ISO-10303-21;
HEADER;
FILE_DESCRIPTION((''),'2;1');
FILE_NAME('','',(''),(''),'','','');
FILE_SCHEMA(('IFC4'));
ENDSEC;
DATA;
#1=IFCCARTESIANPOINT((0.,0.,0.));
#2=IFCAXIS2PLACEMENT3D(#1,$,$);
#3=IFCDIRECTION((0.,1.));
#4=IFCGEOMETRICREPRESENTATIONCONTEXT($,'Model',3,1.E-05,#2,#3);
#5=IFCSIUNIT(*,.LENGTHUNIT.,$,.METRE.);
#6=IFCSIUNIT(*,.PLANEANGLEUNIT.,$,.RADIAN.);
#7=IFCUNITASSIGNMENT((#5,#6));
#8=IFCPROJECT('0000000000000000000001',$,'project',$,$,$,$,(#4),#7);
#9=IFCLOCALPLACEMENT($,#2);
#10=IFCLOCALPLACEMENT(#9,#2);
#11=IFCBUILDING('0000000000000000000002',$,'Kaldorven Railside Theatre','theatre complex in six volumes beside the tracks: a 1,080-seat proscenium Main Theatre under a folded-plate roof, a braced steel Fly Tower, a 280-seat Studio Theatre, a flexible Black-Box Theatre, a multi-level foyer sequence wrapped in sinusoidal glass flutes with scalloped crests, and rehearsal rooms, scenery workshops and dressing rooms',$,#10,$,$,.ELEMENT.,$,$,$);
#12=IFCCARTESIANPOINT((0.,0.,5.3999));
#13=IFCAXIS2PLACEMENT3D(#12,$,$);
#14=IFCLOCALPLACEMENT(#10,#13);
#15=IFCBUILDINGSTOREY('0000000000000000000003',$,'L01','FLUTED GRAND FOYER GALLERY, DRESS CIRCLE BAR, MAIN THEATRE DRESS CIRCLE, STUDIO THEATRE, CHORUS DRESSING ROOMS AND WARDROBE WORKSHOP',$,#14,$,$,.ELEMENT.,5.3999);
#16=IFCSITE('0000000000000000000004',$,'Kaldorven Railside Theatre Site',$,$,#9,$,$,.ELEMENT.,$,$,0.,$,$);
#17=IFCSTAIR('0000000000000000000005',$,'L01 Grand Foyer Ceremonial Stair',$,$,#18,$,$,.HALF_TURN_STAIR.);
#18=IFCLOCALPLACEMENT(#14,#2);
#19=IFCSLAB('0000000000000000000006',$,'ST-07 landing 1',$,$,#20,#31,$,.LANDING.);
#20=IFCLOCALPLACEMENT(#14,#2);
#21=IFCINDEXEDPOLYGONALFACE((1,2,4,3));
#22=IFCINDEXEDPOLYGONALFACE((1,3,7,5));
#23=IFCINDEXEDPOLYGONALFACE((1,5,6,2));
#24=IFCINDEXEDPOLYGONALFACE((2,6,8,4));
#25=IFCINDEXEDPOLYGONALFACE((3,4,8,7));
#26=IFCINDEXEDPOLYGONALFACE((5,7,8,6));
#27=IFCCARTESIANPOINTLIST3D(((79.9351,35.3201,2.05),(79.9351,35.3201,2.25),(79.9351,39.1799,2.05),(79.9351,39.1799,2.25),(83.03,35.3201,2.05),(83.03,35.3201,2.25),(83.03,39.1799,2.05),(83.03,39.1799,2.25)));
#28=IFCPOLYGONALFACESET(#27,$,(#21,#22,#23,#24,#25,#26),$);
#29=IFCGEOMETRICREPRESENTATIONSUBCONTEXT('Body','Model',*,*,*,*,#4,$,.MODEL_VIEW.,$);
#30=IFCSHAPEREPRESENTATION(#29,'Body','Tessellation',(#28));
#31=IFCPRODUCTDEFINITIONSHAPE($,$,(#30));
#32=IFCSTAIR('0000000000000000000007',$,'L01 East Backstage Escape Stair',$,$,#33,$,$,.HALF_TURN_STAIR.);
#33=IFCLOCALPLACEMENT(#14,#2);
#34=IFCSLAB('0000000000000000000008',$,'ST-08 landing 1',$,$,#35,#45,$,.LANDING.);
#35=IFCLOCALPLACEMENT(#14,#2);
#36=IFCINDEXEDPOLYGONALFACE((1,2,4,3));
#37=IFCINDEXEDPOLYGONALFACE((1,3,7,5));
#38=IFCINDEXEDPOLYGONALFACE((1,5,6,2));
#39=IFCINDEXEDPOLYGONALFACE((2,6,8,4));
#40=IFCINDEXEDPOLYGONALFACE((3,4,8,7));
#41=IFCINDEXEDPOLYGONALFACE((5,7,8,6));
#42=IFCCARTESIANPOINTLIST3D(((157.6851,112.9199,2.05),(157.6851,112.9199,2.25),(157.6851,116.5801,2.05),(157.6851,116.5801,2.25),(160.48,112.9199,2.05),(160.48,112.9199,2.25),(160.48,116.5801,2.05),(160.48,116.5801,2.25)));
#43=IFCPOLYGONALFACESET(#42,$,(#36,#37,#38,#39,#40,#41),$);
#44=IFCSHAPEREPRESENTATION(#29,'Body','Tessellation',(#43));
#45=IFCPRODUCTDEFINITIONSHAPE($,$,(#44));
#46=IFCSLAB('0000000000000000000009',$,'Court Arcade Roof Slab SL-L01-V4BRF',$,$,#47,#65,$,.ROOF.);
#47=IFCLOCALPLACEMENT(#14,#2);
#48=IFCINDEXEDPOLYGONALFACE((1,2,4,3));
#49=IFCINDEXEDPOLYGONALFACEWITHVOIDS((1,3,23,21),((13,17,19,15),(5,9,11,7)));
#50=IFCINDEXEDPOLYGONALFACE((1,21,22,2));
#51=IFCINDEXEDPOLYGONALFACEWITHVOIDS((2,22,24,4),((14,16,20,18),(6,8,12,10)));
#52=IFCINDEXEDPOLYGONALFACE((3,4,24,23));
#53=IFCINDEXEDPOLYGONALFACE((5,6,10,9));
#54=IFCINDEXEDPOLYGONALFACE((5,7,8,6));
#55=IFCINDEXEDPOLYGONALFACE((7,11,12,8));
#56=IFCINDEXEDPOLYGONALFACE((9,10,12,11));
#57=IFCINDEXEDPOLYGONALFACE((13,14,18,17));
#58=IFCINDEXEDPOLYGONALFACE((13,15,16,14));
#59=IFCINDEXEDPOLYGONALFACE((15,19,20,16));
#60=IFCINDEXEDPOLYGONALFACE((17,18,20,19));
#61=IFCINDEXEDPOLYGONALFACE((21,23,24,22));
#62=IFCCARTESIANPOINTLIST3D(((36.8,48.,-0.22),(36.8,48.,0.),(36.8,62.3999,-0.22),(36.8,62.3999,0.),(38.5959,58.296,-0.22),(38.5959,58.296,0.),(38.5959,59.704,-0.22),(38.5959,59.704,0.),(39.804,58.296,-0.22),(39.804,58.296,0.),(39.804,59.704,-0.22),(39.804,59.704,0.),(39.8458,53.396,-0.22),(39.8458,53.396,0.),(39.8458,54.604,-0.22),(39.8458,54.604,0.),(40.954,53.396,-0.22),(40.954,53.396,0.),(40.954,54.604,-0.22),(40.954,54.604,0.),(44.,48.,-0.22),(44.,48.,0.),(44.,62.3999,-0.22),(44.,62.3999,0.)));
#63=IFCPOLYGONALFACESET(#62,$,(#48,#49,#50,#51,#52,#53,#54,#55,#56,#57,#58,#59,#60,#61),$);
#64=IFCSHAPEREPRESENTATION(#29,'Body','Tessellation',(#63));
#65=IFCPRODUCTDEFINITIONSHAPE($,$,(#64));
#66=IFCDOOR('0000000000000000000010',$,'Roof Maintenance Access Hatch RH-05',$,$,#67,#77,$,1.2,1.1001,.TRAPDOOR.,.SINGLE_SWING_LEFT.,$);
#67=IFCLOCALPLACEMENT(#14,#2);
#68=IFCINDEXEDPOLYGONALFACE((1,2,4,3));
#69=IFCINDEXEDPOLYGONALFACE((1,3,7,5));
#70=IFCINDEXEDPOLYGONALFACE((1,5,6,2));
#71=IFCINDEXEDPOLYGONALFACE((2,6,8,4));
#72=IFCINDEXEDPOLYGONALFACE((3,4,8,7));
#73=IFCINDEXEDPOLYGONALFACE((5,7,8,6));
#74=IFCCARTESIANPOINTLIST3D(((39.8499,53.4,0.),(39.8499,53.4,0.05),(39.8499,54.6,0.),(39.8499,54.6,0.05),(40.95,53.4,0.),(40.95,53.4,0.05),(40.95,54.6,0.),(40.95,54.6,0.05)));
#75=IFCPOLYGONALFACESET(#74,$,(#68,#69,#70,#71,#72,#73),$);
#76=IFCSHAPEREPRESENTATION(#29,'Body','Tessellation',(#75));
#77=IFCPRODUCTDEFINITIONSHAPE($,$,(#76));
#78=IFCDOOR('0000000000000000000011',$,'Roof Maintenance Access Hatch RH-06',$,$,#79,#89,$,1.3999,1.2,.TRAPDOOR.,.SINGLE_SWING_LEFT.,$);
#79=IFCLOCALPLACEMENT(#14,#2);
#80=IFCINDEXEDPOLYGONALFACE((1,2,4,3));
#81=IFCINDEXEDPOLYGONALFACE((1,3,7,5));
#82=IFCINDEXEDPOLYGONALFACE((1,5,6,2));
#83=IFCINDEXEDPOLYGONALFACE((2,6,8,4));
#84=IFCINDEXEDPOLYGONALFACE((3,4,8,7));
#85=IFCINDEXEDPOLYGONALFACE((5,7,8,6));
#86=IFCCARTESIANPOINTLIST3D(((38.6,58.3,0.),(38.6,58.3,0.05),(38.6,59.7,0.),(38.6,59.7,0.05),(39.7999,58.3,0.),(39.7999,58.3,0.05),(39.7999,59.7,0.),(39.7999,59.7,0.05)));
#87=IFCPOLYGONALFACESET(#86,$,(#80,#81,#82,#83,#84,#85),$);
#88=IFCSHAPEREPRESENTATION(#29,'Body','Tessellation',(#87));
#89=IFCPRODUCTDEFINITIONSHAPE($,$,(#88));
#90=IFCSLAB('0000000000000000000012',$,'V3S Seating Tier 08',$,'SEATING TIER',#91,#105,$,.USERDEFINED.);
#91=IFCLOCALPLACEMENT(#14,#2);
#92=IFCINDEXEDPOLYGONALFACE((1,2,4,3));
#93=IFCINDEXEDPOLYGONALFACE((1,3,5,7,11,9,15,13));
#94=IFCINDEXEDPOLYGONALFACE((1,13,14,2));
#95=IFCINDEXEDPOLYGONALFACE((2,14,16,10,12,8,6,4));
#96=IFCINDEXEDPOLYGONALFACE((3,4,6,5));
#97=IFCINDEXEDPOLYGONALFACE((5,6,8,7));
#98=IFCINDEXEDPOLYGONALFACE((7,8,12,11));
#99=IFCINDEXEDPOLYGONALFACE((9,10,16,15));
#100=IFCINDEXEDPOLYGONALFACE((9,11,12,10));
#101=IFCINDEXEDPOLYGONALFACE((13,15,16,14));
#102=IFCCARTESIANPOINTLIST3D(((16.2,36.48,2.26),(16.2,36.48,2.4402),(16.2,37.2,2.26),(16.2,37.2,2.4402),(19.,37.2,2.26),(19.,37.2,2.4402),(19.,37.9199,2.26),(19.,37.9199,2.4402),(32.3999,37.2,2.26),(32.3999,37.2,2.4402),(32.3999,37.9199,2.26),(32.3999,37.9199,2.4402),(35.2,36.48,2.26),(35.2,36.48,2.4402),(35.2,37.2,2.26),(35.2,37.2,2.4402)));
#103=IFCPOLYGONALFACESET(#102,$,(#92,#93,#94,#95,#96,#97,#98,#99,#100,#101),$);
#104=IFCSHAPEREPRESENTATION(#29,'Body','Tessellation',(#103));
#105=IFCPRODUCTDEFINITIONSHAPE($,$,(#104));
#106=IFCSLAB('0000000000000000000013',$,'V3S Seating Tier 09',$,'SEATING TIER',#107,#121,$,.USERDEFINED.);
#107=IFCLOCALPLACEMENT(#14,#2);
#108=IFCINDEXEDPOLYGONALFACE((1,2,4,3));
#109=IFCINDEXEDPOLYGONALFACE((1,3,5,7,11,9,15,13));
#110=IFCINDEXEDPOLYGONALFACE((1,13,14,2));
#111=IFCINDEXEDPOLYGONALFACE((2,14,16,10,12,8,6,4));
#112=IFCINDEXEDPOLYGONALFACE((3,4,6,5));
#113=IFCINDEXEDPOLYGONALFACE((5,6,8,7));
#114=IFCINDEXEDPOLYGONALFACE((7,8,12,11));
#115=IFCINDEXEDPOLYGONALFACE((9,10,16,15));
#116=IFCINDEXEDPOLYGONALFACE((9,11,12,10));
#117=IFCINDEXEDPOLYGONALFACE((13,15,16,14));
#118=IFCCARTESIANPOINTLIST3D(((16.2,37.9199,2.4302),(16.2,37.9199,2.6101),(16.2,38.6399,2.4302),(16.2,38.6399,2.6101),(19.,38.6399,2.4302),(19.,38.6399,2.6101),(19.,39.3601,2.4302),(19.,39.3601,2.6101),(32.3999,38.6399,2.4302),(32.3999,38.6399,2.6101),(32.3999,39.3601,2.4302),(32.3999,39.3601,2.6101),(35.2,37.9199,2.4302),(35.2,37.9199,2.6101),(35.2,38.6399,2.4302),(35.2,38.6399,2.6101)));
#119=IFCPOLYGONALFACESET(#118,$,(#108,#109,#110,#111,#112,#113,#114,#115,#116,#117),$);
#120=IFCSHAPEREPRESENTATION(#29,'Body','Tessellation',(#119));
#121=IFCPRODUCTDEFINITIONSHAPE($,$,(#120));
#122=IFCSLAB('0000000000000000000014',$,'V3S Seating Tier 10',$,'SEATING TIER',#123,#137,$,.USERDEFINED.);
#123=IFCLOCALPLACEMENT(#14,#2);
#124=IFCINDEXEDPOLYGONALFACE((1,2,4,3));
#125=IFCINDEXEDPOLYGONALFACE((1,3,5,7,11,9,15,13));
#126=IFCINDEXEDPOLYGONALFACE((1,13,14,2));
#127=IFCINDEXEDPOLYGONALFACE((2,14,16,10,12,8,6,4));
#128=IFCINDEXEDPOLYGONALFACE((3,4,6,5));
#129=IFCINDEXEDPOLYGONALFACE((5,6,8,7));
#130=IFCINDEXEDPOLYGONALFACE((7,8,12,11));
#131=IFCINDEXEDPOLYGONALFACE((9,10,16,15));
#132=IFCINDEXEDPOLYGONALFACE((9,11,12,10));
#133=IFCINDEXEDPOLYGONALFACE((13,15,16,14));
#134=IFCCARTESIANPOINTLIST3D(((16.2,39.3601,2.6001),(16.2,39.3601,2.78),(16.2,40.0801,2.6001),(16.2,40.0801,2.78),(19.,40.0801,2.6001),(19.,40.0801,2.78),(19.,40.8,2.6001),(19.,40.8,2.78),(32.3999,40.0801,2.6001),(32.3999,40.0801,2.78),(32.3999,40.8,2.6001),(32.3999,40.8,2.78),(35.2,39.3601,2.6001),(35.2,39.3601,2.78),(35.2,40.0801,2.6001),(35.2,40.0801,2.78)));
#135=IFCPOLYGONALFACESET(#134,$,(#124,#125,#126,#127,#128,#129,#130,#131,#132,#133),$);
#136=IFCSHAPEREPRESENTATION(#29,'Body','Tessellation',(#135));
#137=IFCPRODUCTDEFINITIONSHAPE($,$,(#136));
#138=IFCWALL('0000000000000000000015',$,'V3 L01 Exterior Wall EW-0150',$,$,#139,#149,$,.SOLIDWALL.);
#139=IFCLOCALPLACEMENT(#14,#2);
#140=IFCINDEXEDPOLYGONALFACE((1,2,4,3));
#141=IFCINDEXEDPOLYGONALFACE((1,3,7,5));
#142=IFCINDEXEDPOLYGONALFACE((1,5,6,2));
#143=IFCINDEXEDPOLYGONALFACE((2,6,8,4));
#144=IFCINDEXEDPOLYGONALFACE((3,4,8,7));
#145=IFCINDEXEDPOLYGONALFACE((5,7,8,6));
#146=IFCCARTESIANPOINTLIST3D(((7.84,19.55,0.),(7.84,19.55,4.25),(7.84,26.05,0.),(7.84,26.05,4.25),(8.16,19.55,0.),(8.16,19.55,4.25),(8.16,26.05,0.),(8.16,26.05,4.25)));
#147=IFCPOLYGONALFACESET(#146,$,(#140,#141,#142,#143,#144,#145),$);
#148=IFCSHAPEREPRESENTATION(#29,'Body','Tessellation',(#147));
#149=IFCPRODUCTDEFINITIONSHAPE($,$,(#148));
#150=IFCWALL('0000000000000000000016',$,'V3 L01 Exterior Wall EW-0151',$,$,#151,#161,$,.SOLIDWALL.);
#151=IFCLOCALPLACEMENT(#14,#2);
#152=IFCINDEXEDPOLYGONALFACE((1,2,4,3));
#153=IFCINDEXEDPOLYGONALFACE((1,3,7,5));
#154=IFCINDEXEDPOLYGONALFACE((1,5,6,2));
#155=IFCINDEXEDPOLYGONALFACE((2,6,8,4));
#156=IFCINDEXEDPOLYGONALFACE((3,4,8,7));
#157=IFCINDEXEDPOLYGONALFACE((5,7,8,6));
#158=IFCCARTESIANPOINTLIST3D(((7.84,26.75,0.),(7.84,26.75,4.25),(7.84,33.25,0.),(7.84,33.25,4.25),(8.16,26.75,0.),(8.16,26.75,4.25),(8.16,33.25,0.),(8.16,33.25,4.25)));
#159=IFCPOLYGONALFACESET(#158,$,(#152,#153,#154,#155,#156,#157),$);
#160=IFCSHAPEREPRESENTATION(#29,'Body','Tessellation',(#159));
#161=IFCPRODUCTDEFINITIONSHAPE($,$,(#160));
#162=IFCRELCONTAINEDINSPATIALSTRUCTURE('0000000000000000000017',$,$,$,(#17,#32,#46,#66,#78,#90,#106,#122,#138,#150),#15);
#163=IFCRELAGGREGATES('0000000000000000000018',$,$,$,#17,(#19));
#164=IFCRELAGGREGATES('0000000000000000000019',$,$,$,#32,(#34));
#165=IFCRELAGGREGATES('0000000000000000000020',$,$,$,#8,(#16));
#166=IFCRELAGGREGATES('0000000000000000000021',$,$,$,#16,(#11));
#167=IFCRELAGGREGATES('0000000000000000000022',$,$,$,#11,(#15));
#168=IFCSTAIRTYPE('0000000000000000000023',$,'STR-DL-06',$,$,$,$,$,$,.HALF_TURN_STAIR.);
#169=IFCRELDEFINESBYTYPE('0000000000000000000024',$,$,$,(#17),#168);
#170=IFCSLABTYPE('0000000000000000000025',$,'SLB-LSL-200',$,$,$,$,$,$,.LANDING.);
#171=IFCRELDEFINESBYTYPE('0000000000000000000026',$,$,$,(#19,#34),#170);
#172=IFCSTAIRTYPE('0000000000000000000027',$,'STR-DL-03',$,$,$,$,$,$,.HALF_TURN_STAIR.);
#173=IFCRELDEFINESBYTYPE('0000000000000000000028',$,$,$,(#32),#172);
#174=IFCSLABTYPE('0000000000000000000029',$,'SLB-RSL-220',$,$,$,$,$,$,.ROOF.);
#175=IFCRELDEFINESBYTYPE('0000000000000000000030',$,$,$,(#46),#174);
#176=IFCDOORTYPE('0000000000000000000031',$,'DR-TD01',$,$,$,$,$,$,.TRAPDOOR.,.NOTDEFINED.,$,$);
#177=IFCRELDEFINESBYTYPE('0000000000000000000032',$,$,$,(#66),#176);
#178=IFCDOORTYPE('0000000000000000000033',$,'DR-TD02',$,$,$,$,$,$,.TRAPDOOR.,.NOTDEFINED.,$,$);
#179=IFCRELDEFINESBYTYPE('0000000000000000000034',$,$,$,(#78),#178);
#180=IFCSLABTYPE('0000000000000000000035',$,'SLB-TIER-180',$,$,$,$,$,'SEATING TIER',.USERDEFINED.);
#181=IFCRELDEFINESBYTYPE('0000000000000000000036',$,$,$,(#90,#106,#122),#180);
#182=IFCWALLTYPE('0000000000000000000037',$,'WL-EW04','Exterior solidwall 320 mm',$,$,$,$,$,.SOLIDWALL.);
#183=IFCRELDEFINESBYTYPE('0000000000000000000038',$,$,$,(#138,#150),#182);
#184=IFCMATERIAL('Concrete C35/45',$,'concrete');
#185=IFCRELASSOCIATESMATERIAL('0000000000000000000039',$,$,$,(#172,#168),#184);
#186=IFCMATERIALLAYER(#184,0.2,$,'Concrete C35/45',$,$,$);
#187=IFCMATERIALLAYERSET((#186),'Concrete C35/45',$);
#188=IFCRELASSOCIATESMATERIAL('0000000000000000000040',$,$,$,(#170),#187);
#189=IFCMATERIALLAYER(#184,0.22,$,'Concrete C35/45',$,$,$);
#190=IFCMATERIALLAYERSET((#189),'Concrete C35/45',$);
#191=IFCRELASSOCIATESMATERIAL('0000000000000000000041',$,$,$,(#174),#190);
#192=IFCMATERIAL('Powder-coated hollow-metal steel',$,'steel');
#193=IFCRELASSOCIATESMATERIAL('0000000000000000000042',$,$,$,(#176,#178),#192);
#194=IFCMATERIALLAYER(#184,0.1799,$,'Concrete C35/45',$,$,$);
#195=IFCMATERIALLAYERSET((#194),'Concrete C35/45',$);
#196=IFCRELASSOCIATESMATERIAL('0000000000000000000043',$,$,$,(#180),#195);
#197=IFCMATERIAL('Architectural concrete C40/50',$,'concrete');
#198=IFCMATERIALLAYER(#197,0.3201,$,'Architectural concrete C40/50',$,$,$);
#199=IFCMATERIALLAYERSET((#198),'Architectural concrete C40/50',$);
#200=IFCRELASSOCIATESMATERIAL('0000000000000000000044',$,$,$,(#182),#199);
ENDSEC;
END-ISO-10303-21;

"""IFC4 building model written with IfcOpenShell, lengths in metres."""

from ifc_helpers import new_model, si_unit, direction, frame, frame_2d, origin, origin_2d, place, context, subcontext, project, spatial, polyline, rectangle, outline, extrude, material, layer, layer_set, type_object, element, fill, aggregate, save


model = new_model("IFC4")

# Units and contexts
model_context = context("Model", 3, precision=1e-05, world=origin(), true_north=direction((0.0, 1.0)))
body_context = subcontext(model_context, "Body", "Model", "MODEL_VIEW")
ifc_project = project(units=[si_unit("LENGTHUNIT", "METRE"), si_unit("PLANEANGLEUNIT", "RADIAN")], contexts=[model_context])

# Site, building, storey
site_placement = place(None, origin())
site = spatial("IfcSite", under=ifc_project, at=site_placement, Name="Kaldorven Railside Theatre Site", CompositionType="ELEMENT", RefElevation=0.0)
building_placement = place(site_placement, origin())
building = spatial("IfcBuilding", under=site, at=building_placement, Name="Kaldorven Railside Theatre", Description="theatre complex in six volumes beside the tracks: a 1,080-seat proscenium Main Theatre under a folded-plate roof, a braced steel Fly Tower, a 280-seat Studio Theatre, a flexible Black-Box Theatre, a multi-level foyer sequence wrapped in sinusoidal glass flutes with scalloped crests, and rehearsal rooms, scenery workshops and dressing rooms", CompositionType="ELEMENT")
storey_placement = place(building_placement, frame((0.0, 0.0, 5.3999)))
storey = spatial("IfcBuildingStorey", under=building, at=storey_placement, Name="L01", Description="FLUTED GRAND FOYER GALLERY, DRESS CIRCLE BAR, MAIN THEATRE DRESS CIRCLE, STUDIO THEATRE, CHORUS DRESSING ROOMS AND WARDROBE WORKSHOP", CompositionType="ELEMENT", Elevation=5.3999)

# Stairs, slabs
ifc_material_1 = material(Name="Concrete C35/45", Category="concrete")
stair_type_1 = type_object("IfcStairType", Name="STR-DL-03", PredefinedType="HALF_TURN_STAIR", material=ifc_material_1)
ifc_layer_1 = layer(ifc_material_1, 0.2, Name="Concrete C35/45")
ifc_layer_set_1 = layer_set([ifc_layer_1], Name="Concrete C35/45")
slab_type_1 = type_object("IfcSlabType", Name="SLB-LSL-200", PredefinedType="LANDING", material=ifc_layer_set_1)
stair_type_2 = type_object("IfcStairType", Name="STR-DL-06", PredefinedType="HALF_TURN_STAIR", material=ifc_material_1)
stair_1_placement = place(storey_placement, origin())
stair_1 = element("IfcStair", 1, at=stair_1_placement, inside=storey, type_object=stair_type_2, Name="L01 Grand Foyer Ceremonial Stair", PredefinedType="HALF_TURN_STAIR")
slab_1_placement = place(storey_placement, frame((0.0, 0.0, 2.05)))
slab_1 = element("IfcSlab", 2, at=slab_1_placement, type_object=slab_type_1, Name="ST-07 landing 1", PredefinedType="LANDING", context=body_context, shape_type="SweptSolid", body=[
    extrude(outline(polyline([(79.9351, 35.3201), (83.03, 35.3201), (83.03, 39.1799), (79.9351, 39.1799), (79.9351, 35.3201)])), origin(), (0.0, 0.0, 1.0), 0.2),
])
aggregate(stair_1, [slab_1])
stair_2_placement = place(storey_placement, origin())
stair_2 = element("IfcStair", 3, at=stair_2_placement, inside=storey, type_object=stair_type_1, Name="L01 East Backstage Escape Stair", PredefinedType="HALF_TURN_STAIR")
slab_2_placement = place(storey_placement, frame((0.0, 0.0, 2.05)))
slab_2 = element("IfcSlab", 4, at=slab_2_placement, type_object=slab_type_1, Name="ST-08 landing 1", PredefinedType="LANDING", context=body_context, shape_type="SweptSolid", body=[
    extrude(outline(polyline([(157.6851, 112.9199), (160.48, 112.9199), (160.48, 116.5801), (157.6851, 116.5801), (157.6851, 112.9199)])), origin(), (0.0, 0.0, 1.0), 0.2),
])
aggregate(stair_2, [slab_2])

# Slab, openings, doors
ifc_layer_2 = layer(ifc_material_1, 0.22, Name="Concrete C35/45")
ifc_layer_set_2 = layer_set([ifc_layer_2], Name="Concrete C35/45")
slab_type_2 = type_object("IfcSlabType", Name="SLB-RSL-220", PredefinedType="ROOF", material=ifc_layer_set_2)
slab_3_placement = place(storey_placement, frame((0.0, 0.0, -0.22)))
slab_3 = element("IfcSlab", 5, at=slab_3_placement, inside=storey, type_object=slab_type_2, Name="Court Arcade Roof Slab SL-L01-V4BRF", PredefinedType="ROOF", context=body_context, shape_type="SweptSolid", body=[
    extrude(outline(polyline([(36.8, 48.0), (44.0, 48.0), (44.0, 62.3999), (36.8, 62.3999), (36.8, 48.0)])), origin(), (0.0, 0.0, 1.0), 0.22),
])
opening_1_placement = place(slab_3_placement, frame((40.3999, 54.0, -0.01)))
opening_1 = element("IfcOpeningElement", 6, at=opening_1_placement, cuts=slab_3, PredefinedType="OPENING", context=body_context, shape_type="SweptSolid", body=[
    extrude(rectangle(XDim=1.1082, YDim=1.208, at=origin_2d()), origin(), (0.0, 0.0, 1.0), 0.29),
])
opening_2_placement = place(slab_3_placement, frame((39.2, 59.0, -0.01)))
opening_2 = element("IfcOpeningElement", 7, at=opening_2_placement, cuts=slab_3, PredefinedType="OPENING", context=body_context, shape_type="SweptSolid", body=[
    extrude(rectangle(XDim=1.208, YDim=1.408, at=origin_2d()), origin(), (0.0, 0.0, 1.0), 0.29),
])
ifc_material_2 = material(Name="Powder-coated hollow-metal steel", Category="steel")
door_type_1 = type_object("IfcDoorType", Name="DR-TD01", OperationType="NOTDEFINED", PredefinedType="TRAPDOOR", material=ifc_material_2)
door_1_placement = place(opening_1_placement, frame((0.0, 0.0, 0.23)))
door_1 = element("IfcDoor", 8, at=door_1_placement, inside=storey, type_object=door_type_1, Name="Roof Maintenance Access Hatch RH-05", OperationType="SINGLE_SWING_LEFT", OverallHeight=1.2, OverallWidth=1.1001, PredefinedType="TRAPDOOR", context=body_context, shape_type="SweptSolid", body=[
    extrude(rectangle(XDim=1.1001, YDim=1.2, at=origin_2d()), origin(), (0.0, 0.0, 1.0), 0.05),
])
fill(opening_1, door_1)
door_type_2 = type_object("IfcDoorType", Name="DR-TD02", OperationType="NOTDEFINED", PredefinedType="TRAPDOOR", material=ifc_material_2)
door_2_placement = place(opening_2_placement, frame((0.0, 0.0, 0.23)))
door_2 = element("IfcDoor", 9, at=door_2_placement, inside=storey, type_object=door_type_2, Name="Roof Maintenance Access Hatch RH-06", OperationType="SINGLE_SWING_LEFT", OverallHeight=1.3999, OverallWidth=1.2, PredefinedType="TRAPDOOR", context=body_context, shape_type="SweptSolid", body=[
    extrude(rectangle(XDim=1.2, YDim=1.3999, at=origin_2d()), origin(), (0.0, 0.0, 1.0), 0.05),
])
fill(opening_2, door_2)

# Slabs
ifc_layer_3 = layer(ifc_material_1, 0.1799, Name="Concrete C35/45")
ifc_layer_set_3 = layer_set([ifc_layer_3], Name="Concrete C35/45")
slab_type_3 = type_object("IfcSlabType", Name="SLB-TIER-180", ElementType="SEATING TIER", PredefinedType="USERDEFINED", material=ifc_layer_set_3)
slab_4_placement = place(storey_placement, frame((0.0, 0.0, 2.26)))
element("IfcSlab", 10, at=slab_4_placement, inside=storey, type_object=slab_type_3, Name="V3S Seating Tier 08", ObjectType="SEATING TIER", PredefinedType="USERDEFINED", context=body_context, shape_type="SweptSolid", body=[
    extrude(outline(polyline([(16.2, 36.48), (35.2, 36.48), (35.2, 37.2), (32.3999, 37.2), (32.3999, 37.9199), (19.0, 37.9199), (19.0, 37.2), (16.2, 37.2), (16.2, 36.48)])), origin(), (0.0, 0.0, 1.0), 0.1802),
])
slab_5_placement = place(storey_placement, frame((0.0, 0.0, 2.4302)))
element("IfcSlab", 11, at=slab_5_placement, inside=storey, type_object=slab_type_3, Name="V3S Seating Tier 09", ObjectType="SEATING TIER", PredefinedType="USERDEFINED", context=body_context, shape_type="SweptSolid", body=[
    extrude(outline(polyline([(16.2, 37.9199), (35.2, 37.9199), (35.2, 38.6399), (32.3999, 38.6399), (32.3999, 39.3601), (19.0, 39.3601), (19.0, 38.6399), (16.2, 38.6399), (16.2, 37.9199)])), origin(), (0.0, 0.0, 1.0), 0.1799),
])
slab_6_placement = place(storey_placement, frame((0.0, 0.0, 2.6001)))
element("IfcSlab", 12, at=slab_6_placement, inside=storey, type_object=slab_type_3, Name="V3S Seating Tier 10", ObjectType="SEATING TIER", PredefinedType="USERDEFINED", context=body_context, shape_type="SweptSolid", body=[
    extrude(outline(polyline([(16.2, 39.3601), (35.2, 39.3601), (35.2, 40.0801), (32.3999, 40.0801), (32.3999, 40.8), (19.0, 40.8), (19.0, 40.0801), (16.2, 40.0801), (16.2, 39.3601)])), origin(), (0.0, 0.0, 1.0), 0.1799),
])

# Walls
ifc_material_3 = material(Name="Architectural concrete C40/50", Category="concrete")
ifc_layer_4 = layer(ifc_material_3, 0.3201, Name="Architectural concrete C40/50")
ifc_layer_set_4 = layer_set([ifc_layer_4], Name="Architectural concrete C40/50")
wall_type = type_object("IfcWallType", Name="WL-EW04", Description="Exterior solidwall 320 mm", PredefinedType="SOLIDWALL", material=ifc_layer_set_4)
for number, where, z_axis, x_axis, name in (
    (13, (8.0, 19.55, 0.0), (0.0, 0.0, 1.0), (0.0, 1.0, 0.0), "V3 L01 Exterior Wall EW-0150"),
    (14, (8.0, 26.75, 0.0), (0.0, 0.0, 1.0), (0.0, 1.0, 0.0), "V3 L01 Exterior Wall EW-0151"),
):
    element("IfcWall", number, at=place(storey_placement, frame(where, z_axis=z_axis, x_axis=x_axis)), inside=storey, type_object=wall_type, Name=name, PredefinedType="SOLIDWALL", context=body_context, shape_type="SweptSolid", body=[
        extrude(rectangle(XDim=6.5, YDim=0.3201, at=frame_2d((3.25, 0.0))), origin(), (0.0, 0.0, 1.0), 4.25),
    ])

save(model, "model.ifc")
